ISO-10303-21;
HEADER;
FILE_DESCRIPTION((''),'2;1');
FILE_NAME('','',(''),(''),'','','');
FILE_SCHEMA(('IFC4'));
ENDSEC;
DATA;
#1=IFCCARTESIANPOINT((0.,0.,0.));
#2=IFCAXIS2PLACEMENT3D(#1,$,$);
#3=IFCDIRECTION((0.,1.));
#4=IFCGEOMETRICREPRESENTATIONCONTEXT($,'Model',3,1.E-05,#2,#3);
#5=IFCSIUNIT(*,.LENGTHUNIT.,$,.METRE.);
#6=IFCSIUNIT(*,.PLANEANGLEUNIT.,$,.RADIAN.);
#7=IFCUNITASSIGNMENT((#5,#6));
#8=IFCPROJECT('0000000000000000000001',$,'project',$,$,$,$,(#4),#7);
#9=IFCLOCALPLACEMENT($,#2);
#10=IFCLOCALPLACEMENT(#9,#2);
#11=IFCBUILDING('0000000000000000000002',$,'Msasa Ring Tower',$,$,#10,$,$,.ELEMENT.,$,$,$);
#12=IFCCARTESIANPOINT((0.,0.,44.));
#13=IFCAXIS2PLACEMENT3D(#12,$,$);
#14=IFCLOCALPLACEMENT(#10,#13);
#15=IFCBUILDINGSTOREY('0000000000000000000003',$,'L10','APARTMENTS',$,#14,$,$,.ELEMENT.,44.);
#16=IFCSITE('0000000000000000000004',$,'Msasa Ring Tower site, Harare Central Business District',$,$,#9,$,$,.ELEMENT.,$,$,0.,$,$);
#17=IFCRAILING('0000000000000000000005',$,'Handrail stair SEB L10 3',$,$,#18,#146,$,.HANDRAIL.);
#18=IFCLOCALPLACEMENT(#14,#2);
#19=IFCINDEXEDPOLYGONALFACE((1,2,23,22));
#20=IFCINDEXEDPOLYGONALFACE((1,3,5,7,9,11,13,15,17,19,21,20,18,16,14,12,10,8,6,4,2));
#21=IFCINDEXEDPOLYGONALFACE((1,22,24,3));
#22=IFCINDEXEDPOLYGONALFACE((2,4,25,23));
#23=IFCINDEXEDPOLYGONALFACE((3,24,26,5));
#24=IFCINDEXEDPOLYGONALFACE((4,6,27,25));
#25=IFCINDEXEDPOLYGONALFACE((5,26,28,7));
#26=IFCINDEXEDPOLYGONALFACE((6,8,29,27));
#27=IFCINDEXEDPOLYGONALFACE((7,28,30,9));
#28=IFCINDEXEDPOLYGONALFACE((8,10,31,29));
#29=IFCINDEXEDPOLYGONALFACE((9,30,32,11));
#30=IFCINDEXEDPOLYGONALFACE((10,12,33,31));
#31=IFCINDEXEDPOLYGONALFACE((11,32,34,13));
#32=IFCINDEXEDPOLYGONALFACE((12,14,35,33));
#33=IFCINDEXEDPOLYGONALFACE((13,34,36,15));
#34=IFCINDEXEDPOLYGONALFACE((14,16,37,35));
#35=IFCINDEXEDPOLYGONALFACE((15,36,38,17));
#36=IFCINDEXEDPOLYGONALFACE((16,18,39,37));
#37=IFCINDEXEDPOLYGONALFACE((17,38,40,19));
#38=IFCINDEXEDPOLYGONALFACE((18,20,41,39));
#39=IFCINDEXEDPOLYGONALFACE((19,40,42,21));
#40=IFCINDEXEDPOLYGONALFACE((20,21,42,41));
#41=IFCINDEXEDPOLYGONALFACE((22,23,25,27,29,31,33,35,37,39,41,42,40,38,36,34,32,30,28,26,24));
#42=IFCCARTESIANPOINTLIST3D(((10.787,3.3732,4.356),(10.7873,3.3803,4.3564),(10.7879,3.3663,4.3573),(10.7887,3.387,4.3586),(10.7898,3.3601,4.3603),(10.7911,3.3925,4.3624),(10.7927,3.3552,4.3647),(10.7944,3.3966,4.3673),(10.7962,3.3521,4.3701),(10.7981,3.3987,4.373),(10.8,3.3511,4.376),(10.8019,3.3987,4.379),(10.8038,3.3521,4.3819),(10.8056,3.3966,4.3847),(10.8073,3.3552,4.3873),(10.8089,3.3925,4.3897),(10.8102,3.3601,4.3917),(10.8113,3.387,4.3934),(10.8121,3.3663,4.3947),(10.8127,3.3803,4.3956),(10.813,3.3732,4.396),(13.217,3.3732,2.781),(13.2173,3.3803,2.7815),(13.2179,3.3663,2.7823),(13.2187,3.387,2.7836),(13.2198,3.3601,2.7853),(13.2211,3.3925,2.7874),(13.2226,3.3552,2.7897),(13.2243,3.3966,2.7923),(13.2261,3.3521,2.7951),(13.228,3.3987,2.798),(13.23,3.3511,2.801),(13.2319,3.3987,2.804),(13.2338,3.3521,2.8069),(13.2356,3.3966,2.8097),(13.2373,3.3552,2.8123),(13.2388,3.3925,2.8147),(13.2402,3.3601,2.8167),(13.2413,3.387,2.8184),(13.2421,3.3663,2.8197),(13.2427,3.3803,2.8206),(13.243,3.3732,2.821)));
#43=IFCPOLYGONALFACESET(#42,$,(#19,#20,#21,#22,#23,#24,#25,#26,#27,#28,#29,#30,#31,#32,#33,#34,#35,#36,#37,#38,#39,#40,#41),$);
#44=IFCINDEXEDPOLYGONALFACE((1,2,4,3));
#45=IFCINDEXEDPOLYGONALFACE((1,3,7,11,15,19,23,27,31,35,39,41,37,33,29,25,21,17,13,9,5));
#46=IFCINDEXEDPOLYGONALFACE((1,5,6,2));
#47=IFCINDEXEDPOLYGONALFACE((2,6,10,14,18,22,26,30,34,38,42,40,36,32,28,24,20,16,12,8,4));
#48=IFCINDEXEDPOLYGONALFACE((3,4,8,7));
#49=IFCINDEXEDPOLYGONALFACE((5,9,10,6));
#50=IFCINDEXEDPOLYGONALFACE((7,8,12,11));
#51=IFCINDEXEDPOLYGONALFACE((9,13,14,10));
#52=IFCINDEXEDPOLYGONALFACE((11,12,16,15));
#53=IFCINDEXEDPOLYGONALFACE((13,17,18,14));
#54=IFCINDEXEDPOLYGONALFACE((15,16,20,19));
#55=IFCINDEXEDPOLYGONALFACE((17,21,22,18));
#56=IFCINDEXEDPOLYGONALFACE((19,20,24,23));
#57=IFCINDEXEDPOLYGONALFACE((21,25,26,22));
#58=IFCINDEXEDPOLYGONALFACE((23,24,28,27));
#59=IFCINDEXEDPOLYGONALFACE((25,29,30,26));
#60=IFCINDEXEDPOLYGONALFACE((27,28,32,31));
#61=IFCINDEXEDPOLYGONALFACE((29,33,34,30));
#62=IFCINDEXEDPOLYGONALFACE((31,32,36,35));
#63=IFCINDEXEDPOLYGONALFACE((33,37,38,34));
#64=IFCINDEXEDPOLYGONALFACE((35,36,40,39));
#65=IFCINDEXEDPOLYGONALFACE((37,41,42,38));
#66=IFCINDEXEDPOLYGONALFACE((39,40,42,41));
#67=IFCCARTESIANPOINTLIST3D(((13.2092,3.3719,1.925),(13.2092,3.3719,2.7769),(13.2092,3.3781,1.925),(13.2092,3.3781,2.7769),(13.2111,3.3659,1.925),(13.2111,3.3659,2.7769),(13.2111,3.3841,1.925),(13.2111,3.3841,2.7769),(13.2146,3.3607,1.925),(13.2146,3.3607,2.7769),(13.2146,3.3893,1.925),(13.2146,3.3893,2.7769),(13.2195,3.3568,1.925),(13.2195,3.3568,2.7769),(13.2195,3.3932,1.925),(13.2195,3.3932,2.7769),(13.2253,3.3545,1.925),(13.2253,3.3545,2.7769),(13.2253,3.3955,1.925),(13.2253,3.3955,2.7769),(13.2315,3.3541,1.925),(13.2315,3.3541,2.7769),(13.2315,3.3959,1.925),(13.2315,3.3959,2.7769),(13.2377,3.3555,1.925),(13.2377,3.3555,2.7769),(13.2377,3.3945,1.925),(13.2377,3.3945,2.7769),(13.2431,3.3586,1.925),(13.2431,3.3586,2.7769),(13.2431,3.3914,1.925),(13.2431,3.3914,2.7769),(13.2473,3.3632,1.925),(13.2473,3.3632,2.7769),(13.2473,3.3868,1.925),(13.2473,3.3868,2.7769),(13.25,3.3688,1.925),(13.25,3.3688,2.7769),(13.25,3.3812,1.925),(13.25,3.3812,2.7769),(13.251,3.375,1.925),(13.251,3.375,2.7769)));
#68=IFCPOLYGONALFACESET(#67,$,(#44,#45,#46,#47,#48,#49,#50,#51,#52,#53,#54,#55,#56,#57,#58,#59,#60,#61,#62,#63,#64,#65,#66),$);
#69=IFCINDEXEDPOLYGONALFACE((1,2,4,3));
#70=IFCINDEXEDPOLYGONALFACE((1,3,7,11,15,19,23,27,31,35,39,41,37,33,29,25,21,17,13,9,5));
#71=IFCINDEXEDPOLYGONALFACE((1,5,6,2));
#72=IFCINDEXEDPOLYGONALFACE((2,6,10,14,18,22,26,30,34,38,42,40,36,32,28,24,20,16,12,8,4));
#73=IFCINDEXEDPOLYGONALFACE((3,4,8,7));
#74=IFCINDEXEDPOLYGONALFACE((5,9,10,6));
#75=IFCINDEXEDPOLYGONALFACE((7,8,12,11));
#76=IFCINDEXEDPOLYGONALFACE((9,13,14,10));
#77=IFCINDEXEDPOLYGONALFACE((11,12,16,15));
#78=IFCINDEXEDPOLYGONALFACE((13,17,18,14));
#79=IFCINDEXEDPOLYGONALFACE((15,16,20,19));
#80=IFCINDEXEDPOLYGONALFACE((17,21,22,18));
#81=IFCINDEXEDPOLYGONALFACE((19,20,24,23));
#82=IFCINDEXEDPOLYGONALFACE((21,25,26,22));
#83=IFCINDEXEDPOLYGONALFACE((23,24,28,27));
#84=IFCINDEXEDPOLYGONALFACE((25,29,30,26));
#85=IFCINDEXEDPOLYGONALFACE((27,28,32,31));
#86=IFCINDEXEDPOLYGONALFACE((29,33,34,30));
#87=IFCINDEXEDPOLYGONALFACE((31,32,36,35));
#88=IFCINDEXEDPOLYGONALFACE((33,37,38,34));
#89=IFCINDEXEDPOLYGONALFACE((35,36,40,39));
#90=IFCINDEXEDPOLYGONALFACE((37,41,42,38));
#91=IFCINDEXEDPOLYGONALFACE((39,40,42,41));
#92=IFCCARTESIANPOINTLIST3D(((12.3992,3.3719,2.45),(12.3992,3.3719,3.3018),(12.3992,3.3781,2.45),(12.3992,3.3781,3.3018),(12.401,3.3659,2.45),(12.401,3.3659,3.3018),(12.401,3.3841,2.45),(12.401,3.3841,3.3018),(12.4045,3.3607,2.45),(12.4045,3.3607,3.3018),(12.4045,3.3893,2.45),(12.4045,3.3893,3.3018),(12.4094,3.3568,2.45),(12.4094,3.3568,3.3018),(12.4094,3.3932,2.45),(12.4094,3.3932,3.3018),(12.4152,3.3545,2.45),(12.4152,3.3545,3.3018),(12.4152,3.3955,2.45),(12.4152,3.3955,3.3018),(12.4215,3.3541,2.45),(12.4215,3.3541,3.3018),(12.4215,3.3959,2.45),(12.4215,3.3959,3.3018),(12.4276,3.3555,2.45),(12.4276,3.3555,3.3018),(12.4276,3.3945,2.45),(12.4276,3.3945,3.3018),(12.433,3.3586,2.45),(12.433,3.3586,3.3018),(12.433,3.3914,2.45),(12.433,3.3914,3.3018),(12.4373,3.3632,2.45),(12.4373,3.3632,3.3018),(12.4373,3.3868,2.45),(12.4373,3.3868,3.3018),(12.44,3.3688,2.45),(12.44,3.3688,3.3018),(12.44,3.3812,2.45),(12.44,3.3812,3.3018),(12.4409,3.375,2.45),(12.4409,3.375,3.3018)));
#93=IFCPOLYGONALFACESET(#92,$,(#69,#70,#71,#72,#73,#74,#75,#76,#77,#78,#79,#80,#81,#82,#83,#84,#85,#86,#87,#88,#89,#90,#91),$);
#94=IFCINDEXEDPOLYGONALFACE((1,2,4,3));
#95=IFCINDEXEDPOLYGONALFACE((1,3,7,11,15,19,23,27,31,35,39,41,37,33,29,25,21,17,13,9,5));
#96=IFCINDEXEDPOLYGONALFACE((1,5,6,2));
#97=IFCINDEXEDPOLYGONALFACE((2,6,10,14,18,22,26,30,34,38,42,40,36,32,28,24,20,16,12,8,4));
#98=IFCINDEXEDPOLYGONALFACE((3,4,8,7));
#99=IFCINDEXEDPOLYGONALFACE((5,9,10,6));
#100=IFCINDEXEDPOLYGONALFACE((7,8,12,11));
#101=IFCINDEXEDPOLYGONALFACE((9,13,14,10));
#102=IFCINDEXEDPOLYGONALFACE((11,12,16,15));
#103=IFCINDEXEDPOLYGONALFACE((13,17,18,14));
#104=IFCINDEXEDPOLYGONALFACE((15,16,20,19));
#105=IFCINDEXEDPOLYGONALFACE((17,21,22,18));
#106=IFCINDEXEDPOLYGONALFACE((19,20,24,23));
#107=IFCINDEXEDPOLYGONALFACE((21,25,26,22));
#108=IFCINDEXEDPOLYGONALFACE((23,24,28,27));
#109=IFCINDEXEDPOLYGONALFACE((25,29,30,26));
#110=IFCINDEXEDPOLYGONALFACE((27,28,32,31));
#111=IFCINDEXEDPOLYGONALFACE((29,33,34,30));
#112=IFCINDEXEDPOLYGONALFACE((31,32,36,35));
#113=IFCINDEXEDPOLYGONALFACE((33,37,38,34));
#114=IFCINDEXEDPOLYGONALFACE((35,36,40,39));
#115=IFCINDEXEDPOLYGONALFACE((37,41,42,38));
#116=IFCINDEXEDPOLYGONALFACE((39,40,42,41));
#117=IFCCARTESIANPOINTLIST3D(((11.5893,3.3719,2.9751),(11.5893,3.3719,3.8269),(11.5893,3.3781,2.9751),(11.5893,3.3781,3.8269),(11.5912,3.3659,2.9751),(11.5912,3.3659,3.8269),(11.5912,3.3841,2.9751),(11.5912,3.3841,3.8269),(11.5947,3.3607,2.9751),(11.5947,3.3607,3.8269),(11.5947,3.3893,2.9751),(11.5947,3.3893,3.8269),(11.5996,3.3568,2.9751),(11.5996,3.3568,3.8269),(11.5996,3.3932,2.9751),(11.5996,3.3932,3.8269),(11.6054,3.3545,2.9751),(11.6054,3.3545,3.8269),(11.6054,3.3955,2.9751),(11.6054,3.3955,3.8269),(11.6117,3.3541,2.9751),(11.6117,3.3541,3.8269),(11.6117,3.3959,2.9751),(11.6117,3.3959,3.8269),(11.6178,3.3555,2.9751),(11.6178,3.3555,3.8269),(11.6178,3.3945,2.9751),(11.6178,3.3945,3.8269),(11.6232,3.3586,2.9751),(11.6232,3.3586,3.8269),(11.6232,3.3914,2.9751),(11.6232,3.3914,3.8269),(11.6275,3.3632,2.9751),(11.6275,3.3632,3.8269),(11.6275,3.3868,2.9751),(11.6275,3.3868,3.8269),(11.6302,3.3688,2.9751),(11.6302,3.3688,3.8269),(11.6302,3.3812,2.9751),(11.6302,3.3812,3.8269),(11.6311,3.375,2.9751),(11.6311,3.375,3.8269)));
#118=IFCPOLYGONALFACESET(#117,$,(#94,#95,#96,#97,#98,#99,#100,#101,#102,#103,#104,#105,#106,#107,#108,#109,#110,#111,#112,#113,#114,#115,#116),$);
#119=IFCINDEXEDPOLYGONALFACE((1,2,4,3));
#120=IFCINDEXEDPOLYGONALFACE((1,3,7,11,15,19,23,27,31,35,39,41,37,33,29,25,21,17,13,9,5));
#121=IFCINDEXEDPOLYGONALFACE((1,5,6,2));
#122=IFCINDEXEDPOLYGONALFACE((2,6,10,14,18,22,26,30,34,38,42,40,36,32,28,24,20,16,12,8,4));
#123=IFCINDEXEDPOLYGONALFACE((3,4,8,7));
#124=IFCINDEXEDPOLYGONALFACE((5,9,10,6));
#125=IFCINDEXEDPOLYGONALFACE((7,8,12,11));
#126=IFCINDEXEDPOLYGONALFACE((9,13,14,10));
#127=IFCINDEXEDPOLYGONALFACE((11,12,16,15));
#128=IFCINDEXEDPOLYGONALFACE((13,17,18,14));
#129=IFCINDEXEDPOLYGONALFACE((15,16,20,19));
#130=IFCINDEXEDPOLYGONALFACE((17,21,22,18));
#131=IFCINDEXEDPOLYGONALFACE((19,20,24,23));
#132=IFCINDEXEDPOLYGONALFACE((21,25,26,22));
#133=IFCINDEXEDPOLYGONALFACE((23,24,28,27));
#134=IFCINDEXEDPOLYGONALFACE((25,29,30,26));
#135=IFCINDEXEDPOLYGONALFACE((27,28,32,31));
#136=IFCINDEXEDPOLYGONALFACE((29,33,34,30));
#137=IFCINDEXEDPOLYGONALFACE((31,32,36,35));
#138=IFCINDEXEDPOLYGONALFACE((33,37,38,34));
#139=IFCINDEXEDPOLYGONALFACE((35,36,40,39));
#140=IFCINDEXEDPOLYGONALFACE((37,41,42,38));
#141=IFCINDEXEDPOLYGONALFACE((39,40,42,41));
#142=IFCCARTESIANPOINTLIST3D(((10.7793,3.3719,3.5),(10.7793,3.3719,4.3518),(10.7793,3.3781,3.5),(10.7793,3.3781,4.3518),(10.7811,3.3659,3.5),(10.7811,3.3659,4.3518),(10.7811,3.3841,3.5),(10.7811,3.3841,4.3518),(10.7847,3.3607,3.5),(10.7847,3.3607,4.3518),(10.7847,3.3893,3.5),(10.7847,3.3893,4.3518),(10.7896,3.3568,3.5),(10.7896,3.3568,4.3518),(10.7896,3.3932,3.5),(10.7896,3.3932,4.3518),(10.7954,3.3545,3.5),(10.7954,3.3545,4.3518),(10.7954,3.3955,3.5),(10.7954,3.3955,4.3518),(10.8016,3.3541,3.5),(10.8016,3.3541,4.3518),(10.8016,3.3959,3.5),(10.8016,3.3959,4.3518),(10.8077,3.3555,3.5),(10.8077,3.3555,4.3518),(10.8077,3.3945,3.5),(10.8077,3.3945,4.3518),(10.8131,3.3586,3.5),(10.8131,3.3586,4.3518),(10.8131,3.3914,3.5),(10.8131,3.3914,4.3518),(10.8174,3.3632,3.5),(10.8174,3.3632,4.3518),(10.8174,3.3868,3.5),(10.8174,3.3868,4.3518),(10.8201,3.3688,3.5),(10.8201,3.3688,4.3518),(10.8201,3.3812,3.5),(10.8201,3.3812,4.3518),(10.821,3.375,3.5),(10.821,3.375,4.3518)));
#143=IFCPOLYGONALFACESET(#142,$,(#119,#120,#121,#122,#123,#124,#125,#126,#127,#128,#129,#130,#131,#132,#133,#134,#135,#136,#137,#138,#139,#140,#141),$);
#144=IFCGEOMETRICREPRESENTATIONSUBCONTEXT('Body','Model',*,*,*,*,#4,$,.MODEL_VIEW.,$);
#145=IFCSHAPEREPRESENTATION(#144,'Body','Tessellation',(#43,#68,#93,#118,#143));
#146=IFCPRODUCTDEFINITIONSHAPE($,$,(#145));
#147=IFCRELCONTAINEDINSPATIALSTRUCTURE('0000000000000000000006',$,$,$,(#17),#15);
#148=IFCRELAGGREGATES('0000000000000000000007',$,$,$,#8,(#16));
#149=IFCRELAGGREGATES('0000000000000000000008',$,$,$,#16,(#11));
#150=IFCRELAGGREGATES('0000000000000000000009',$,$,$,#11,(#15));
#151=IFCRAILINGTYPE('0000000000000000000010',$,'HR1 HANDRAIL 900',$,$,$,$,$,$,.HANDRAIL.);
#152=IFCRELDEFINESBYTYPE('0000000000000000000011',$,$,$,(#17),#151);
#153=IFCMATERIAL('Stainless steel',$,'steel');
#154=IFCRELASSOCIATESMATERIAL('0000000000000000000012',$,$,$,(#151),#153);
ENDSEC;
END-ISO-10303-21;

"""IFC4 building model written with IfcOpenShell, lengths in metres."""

from ifc_helpers import new_model, si_unit, direction, frame, origin, origin_2d, place, context, subcontext, project, spatial, circle, extrude, material, type_object, element, save


model = new_model("IFC4")

# Units and contexts
model_context = context("Model", 3, precision=1e-05, world=origin(), true_north=direction((0.0, 1.0)))
body_context = subcontext(model_context, "Body", "Model", "MODEL_VIEW")
ifc_project = project(units=[si_unit("LENGTHUNIT", "METRE"), si_unit("PLANEANGLEUNIT", "RADIAN")], contexts=[model_context])

# Site, building, storey
site_placement = place(None, origin())
site = spatial("IfcSite", under=ifc_project, at=site_placement, Name="Msasa Ring Tower site, Harare Central Business District", CompositionType="ELEMENT", RefElevation=0.0)
building_placement = place(site_placement, origin())
building = spatial("IfcBuilding", under=site, at=building_placement, Name="Msasa Ring Tower", CompositionType="ELEMENT")
storey_placement = place(building_placement, frame((0.0, 0.0, 44.0)))
storey = spatial("IfcBuildingStorey", under=building, at=storey_placement, Name="L10", Description="APARTMENTS", CompositionType="ELEMENT", Elevation=44.0)

# Railing
ifc_material_1 = material(Name="Stainless steel", Category="steel")
railing_type = type_object("IfcRailingType", Name="HR1 HANDRAIL 900", PredefinedType="HANDRAIL", material=ifc_material_1)
for number, where, name in (
    (1, (13.23, 3.375, 1.925), "Handrail stair SEB L10 3"),
):
    element("IfcRailing", number, at=place(storey_placement, frame(where)), inside=storey, type_object=railing_type, Name=name, PredefinedType="HANDRAIL", context=body_context, shape_type="SweptSolid", body=[
        extrude(circle(Radius=0.0239, at=origin_2d()), frame((0.0, 0.0, 0.876), z_axis=(-0.839154, 0.0, 0.543894), x_axis=(0.0, -1.0, 0.0)), (0.0, 0.0, 1.0), 2.8958),
        extrude(circle(Radius=0.021, at=origin_2d()), origin(), (0.0, 0.0, 1.0), 0.8518),
        extrude(circle(Radius=0.021, at=origin_2d()), frame((-0.8101, 0.0, 0.5249)), (0.0, 0.0, 1.0), 0.8518),
        extrude(circle(Radius=0.021, at=origin_2d()), frame((-1.6199, 0.0, 1.05)), (0.0, 0.0, 1.0), 0.8518),
        extrude(circle(Radius=0.021, at=origin_2d()), frame((-2.4299, 0.0, 1.575)), (0.0, 0.0, 1.0), 0.8518),
    ])

save(model, "model.ifc")
